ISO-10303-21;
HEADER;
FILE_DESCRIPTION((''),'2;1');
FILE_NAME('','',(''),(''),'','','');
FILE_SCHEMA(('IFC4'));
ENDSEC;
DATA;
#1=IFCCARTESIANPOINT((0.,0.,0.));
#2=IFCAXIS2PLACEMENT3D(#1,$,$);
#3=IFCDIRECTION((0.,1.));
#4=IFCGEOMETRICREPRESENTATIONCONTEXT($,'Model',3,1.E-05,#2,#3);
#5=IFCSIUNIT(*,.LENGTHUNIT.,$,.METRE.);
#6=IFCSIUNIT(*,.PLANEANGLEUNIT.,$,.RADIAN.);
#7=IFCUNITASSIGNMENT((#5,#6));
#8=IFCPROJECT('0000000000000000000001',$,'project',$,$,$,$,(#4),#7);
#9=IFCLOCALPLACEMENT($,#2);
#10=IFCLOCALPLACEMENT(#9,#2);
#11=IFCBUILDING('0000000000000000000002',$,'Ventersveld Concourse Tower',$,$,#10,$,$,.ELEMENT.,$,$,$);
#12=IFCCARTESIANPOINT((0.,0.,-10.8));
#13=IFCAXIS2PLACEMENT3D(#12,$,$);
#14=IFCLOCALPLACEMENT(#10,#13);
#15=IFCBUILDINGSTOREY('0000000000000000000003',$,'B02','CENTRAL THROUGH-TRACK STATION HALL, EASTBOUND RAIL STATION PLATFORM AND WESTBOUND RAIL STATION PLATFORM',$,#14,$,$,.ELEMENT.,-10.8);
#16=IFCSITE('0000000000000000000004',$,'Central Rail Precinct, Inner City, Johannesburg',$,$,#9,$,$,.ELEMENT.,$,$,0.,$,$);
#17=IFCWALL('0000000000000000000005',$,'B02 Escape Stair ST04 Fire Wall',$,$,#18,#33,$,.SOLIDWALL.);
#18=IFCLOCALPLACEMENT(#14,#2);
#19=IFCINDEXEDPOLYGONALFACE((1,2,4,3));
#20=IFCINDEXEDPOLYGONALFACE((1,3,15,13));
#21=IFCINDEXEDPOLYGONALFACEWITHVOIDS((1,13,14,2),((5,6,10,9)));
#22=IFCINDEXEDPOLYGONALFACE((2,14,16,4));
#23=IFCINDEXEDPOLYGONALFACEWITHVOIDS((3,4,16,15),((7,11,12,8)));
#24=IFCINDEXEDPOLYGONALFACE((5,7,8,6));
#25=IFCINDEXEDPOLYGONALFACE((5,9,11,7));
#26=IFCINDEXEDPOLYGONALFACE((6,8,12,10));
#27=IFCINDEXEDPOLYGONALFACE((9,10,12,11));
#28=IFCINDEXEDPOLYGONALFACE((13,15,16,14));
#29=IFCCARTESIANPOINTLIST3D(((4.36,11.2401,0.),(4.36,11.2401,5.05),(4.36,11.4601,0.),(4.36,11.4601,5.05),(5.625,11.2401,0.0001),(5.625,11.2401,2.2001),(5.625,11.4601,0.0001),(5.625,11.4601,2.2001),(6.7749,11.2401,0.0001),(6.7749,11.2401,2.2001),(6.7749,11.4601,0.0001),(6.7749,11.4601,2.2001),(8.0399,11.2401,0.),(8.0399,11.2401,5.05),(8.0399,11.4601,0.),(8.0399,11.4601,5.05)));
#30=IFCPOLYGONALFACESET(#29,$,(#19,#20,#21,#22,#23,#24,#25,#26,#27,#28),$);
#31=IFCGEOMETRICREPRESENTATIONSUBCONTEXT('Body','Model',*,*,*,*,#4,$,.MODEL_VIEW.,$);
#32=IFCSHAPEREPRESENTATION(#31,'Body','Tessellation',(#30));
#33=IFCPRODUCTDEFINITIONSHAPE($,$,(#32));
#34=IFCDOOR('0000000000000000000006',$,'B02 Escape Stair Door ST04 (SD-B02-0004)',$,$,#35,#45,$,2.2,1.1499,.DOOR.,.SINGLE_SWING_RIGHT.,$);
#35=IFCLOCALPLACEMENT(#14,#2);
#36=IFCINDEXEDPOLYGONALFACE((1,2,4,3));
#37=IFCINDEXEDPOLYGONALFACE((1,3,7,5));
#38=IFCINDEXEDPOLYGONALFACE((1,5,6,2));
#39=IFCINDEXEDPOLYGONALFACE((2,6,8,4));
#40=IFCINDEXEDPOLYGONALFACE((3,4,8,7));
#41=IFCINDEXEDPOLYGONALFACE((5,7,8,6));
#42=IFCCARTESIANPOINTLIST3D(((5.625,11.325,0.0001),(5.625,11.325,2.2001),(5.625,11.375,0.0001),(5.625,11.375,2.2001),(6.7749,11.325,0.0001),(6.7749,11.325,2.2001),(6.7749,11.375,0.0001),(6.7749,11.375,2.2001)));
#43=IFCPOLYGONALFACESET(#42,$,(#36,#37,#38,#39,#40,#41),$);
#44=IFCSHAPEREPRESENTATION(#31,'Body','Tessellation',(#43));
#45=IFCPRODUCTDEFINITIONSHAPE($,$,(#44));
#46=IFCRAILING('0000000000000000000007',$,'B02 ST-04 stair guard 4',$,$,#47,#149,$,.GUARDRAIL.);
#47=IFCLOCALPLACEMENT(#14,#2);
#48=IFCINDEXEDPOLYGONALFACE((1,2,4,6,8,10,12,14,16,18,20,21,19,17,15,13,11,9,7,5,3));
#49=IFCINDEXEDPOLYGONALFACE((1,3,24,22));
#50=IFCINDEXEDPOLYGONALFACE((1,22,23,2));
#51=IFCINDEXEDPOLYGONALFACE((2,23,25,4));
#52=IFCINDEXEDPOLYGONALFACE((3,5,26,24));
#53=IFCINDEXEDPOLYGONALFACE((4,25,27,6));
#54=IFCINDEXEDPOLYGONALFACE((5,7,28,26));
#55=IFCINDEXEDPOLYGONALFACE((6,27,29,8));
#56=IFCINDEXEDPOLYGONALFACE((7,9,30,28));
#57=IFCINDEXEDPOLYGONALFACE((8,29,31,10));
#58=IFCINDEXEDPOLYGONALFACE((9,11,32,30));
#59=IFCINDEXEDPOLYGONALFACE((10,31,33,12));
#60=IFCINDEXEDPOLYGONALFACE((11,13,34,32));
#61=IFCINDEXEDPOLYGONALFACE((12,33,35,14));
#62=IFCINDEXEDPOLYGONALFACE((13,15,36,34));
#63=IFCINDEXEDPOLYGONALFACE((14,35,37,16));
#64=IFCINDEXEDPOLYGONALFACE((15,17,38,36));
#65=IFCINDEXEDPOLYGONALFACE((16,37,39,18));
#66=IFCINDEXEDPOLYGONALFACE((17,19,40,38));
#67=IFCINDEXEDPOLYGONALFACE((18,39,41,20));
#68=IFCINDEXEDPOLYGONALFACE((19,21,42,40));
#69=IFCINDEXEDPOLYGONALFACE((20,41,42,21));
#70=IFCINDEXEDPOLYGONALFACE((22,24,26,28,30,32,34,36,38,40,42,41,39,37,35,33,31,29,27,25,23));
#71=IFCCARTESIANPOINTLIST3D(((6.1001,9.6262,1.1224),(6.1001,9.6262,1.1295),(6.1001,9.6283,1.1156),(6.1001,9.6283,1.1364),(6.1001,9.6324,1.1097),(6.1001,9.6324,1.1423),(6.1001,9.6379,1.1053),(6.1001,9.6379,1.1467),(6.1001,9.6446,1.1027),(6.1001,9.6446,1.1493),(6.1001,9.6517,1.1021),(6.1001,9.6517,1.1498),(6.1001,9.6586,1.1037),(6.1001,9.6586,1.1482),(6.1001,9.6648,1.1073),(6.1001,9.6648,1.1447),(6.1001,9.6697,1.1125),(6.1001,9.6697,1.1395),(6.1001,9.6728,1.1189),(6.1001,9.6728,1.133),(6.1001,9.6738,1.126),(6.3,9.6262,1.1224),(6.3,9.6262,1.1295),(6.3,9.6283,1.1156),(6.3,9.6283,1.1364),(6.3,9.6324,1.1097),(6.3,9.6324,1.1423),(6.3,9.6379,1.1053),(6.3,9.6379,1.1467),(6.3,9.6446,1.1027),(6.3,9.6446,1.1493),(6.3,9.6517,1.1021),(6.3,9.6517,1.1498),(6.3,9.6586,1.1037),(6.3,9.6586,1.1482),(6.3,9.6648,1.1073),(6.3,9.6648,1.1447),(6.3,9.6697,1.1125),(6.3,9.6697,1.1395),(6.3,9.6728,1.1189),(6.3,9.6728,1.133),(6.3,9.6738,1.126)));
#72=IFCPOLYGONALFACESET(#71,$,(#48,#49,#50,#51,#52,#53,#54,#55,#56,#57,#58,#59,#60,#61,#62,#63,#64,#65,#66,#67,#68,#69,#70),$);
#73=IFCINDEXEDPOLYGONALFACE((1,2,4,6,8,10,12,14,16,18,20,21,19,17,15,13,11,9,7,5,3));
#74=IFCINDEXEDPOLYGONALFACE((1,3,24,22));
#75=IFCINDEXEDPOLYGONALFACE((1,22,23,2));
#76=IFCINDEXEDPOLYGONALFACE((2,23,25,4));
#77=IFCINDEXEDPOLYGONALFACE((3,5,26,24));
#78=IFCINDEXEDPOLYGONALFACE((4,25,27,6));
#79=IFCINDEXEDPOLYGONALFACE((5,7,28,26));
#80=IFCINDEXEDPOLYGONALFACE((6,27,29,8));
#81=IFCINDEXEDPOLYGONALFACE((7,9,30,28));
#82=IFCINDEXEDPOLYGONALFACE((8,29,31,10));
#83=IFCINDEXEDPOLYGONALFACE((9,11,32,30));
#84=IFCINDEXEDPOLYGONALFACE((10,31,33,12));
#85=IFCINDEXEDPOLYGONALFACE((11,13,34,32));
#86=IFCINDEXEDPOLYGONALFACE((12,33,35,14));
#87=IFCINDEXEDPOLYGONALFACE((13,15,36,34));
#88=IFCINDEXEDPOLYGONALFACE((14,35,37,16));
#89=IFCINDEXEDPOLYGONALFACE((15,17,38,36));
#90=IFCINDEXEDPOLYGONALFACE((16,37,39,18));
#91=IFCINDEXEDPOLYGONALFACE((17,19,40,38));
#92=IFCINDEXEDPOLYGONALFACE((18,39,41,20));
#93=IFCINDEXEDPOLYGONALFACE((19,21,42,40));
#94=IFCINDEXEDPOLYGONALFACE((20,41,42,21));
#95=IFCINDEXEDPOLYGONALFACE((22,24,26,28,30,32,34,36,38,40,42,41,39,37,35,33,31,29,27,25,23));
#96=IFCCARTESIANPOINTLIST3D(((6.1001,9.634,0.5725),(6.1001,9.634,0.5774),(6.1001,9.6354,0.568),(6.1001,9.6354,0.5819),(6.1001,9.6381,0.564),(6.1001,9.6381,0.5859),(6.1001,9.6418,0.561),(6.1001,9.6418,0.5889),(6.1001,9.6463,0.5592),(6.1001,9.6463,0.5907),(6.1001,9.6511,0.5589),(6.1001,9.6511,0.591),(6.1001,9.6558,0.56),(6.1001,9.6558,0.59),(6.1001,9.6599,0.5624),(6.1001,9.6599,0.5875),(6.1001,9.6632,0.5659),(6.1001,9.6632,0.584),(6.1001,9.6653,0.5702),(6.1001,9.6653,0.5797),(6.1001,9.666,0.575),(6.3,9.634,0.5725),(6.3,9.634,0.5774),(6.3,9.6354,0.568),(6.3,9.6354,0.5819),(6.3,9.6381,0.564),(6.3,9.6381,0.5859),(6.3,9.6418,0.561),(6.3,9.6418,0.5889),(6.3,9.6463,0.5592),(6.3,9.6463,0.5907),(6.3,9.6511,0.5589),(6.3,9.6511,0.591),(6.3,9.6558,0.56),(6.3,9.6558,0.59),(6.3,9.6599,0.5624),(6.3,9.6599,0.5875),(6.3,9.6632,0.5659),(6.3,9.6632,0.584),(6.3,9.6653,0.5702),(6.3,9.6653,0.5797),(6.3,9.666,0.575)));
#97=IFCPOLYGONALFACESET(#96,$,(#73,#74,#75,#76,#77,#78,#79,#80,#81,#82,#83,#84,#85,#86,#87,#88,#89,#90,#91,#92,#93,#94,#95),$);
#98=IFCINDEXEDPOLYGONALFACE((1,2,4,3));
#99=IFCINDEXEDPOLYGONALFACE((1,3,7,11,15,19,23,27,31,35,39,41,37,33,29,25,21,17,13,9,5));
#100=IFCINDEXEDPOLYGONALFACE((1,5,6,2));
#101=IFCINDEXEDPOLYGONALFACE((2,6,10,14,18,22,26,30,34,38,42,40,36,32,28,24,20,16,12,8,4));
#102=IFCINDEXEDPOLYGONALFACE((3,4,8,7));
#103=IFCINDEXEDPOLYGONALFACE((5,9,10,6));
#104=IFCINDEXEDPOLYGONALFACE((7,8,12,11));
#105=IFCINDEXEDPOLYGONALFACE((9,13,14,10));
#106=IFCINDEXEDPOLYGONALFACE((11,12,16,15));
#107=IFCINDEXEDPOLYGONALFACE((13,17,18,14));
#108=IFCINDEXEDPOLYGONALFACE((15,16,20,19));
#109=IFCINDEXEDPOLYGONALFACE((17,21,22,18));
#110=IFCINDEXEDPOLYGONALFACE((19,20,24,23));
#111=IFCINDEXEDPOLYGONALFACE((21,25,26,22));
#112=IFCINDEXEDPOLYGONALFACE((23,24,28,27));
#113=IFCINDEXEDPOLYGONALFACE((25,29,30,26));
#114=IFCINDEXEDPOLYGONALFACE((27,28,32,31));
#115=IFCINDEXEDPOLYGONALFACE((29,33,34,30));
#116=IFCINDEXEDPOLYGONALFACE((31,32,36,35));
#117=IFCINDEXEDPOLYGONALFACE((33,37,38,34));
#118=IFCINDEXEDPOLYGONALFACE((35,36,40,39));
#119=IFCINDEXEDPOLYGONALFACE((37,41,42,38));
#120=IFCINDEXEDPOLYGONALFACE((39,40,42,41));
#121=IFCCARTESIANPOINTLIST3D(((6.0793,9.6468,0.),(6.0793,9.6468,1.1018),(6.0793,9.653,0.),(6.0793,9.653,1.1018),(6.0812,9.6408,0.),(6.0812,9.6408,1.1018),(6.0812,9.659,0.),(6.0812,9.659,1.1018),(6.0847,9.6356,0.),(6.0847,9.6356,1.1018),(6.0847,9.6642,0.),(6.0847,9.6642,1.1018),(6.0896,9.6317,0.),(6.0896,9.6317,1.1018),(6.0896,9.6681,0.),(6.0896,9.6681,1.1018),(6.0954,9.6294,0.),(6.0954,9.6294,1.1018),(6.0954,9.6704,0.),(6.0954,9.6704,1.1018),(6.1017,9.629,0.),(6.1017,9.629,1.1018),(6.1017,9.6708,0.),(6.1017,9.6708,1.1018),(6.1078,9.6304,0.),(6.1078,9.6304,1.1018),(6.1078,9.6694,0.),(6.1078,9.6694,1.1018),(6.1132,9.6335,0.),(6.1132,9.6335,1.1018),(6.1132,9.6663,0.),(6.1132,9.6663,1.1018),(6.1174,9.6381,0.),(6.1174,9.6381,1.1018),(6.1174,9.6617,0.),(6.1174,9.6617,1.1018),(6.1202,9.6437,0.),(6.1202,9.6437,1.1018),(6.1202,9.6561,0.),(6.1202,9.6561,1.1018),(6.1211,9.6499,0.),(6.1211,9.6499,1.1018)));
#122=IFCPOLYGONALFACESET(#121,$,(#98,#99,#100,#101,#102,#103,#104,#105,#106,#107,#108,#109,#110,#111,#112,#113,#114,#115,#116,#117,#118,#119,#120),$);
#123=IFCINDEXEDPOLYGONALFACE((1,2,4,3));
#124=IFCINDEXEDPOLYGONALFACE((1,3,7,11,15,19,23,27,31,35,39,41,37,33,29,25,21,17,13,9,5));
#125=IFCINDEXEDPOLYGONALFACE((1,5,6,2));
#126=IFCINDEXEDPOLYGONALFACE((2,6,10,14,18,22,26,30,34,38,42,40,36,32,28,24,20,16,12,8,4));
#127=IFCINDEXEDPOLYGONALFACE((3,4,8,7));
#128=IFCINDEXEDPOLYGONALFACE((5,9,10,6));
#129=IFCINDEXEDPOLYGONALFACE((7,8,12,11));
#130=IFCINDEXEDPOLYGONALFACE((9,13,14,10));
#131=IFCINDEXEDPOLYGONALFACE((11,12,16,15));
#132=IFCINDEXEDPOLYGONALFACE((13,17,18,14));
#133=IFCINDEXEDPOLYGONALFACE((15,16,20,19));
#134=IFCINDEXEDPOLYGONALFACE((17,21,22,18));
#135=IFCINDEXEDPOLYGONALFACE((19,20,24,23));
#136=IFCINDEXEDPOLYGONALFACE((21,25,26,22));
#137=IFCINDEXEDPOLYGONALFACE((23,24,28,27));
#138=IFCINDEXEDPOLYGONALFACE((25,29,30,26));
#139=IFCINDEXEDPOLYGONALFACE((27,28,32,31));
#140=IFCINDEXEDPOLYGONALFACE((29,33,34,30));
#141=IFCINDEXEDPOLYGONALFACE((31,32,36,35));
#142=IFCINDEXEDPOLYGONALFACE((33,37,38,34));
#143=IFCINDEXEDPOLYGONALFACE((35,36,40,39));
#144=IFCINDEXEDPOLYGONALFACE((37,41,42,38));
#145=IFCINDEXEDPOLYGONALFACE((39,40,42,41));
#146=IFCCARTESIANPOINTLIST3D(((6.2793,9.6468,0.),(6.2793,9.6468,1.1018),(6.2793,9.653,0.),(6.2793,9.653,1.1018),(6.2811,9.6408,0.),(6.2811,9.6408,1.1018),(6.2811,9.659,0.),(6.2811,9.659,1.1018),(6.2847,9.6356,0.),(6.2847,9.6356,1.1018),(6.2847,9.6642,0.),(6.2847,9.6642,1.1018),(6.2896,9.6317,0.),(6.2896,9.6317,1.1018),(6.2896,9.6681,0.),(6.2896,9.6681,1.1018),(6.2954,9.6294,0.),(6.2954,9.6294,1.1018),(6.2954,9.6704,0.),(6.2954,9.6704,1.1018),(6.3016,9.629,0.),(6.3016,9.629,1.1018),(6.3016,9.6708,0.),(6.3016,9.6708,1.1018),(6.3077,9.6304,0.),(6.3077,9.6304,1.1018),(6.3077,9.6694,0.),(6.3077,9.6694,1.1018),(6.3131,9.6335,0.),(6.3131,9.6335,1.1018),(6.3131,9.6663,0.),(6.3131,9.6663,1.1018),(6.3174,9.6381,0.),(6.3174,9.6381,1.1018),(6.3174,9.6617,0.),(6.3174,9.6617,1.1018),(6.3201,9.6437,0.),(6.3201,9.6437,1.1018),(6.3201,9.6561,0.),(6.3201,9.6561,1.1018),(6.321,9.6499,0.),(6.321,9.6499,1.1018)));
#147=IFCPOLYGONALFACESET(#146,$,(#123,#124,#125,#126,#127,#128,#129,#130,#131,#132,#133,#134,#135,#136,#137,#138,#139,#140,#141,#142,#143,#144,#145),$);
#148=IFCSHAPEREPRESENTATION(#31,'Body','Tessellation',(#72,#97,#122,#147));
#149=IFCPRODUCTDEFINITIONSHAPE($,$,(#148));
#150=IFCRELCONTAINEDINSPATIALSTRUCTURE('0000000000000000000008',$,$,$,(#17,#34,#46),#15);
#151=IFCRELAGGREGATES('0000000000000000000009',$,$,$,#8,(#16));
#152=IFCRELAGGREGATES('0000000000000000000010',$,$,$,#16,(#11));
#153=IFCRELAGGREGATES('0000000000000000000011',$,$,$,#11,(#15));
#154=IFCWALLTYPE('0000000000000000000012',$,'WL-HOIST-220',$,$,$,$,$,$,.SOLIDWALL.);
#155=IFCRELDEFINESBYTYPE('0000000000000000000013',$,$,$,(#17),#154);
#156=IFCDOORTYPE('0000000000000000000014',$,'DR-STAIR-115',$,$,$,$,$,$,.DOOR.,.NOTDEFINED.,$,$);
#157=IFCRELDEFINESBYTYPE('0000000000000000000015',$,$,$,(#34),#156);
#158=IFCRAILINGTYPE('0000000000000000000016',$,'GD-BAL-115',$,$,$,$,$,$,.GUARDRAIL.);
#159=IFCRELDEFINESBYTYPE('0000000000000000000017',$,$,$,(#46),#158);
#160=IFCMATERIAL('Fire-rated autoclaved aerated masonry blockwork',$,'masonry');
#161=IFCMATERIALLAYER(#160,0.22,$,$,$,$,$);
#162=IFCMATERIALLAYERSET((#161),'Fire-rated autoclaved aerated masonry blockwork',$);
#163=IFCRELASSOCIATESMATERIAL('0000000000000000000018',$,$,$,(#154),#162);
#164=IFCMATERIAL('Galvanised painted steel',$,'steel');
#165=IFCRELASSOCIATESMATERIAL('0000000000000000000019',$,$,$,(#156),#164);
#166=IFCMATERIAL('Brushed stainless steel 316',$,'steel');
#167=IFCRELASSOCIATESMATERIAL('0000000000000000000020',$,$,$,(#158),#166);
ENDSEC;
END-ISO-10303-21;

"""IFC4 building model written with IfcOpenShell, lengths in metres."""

from ifc_helpers import new_model, si_unit, direction, frame, frame_2d, origin, origin_2d, place, context, subcontext, project, spatial, rectangle, circle, extrude, material, layer, layer_set, type_object, element, fill, save


model = new_model("IFC4")

# Units and contexts
model_context = context("Model", 3, precision=1e-05, world=origin(), true_north=direction((0.0, 1.0)))
body_context = subcontext(model_context, "Body", "Model", "MODEL_VIEW")
ifc_project = project(units=[si_unit("LENGTHUNIT", "METRE"), si_unit("PLANEANGLEUNIT", "RADIAN")], contexts=[model_context])

# Site, building, storey
site_placement = place(None, origin())
site = spatial("IfcSite", under=ifc_project, at=site_placement, Name="Central Rail Precinct, Inner City, Johannesburg", CompositionType="ELEMENT", RefElevation=0.0)
building_placement = place(site_placement, origin())
building = spatial("IfcBuilding", under=site, at=building_placement, Name="Ventersveld Concourse Tower", CompositionType="ELEMENT")
storey_placement = place(building_placement, frame((0.0, 0.0, -10.8)))
storey = spatial("IfcBuildingStorey", under=building, at=storey_placement, Name="B02", Description="CENTRAL THROUGH-TRACK STATION HALL, EASTBOUND RAIL STATION PLATFORM AND WESTBOUND RAIL STATION PLATFORM", CompositionType="ELEMENT", Elevation=-10.8)

# Wall, opening, door
ifc_material_1 = material(Name="Fire-rated autoclaved aerated masonry blockwork", Category="masonry")
ifc_layer_1 = layer(ifc_material_1, 0.22)
ifc_layer_set_1 = layer_set([ifc_layer_1], Name="Fire-rated autoclaved aerated masonry blockwork")
wall_type_1 = type_object("IfcWallType", Name="WL-HOIST-220", PredefinedType="SOLIDWALL", material=ifc_layer_set_1)
wall_1_placement = place(storey_placement, frame((4.3601, 11.3501, 0.0), z_axis=(0.0, 0.0, 1.0), x_axis=(1.0, 0.0, 0.0)))
wall_1 = element("IfcWall", 1, at=wall_1_placement, inside=storey, type_object=wall_type_1, Name="B02 Escape Stair ST04 Fire Wall", PredefinedType="SOLIDWALL", context=body_context, shape_type="SweptSolid", body=[
    extrude(rectangle(XDim=3.6799, YDim=0.22, at=frame_2d((1.8398, 0.0))), origin(), (0.0, 0.0, 1.0), 5.05),
])
opening_1_placement = place(wall_1_placement, frame((1.2649, 0.0, 0.0)))
opening_1 = element("IfcOpeningElement", 2, at=opening_1_placement, cuts=wall_1, PredefinedType="OPENING", context=body_context, shape_type="SweptSolid", body=[
    extrude(rectangle(XDim=1.1499, YDim=2.2, at=frame_2d((0.575, 1.1001))), frame((0.0, 0.1201, 0.0), z_axis=(0.0, -1.0, 0.0), x_axis=(1.0, 0.0, 0.0)), (0.0, 0.0, 1.0), 0.24),
])
ifc_material_2 = material(Name="Galvanised painted steel", Category="steel")
door_type_1 = type_object("IfcDoorType", Name="DR-STAIR-115", OperationType="NOTDEFINED", PredefinedType="DOOR", material=ifc_material_2)
door_1_placement = place(opening_1_placement, origin())
door_1 = element("IfcDoor", 3, at=door_1_placement, inside=storey, type_object=door_type_1, Name="B02 Escape Stair Door ST04 (SD-B02-0004)", OperationType="SINGLE_SWING_RIGHT", OverallHeight=2.2, OverallWidth=1.1499, PredefinedType="DOOR", context=body_context, shape_type="SweptSolid", body=[
    extrude(rectangle(XDim=1.1499, YDim=2.2, at=frame_2d((0.575, 1.1001))), frame((0.0, 0.0249, 0.0), z_axis=(0.0, -1.0, 0.0), x_axis=(1.0, 0.0, 0.0)), (0.0, 0.0, 1.0), 0.05),
])
fill(opening_1, door_1)

# Railing
ifc_material_3 = material(Name="Brushed stainless steel 316", Category="steel")
railing_type = type_object("IfcRailingType", Name="GD-BAL-115", PredefinedType="GUARDRAIL", material=ifc_material_3)
railing_placement = place(storey_placement, frame((6.1001, 9.6499, 0.0)))
element("IfcRailing", 4, at=railing_placement, inside=storey, type_object=railing_type, Name="B02 ST-04 stair guard 4", PredefinedType="GUARDRAIL", context=body_context, shape_type="SweptSolid", body=[
    extrude(circle(Radius=0.0239, at=origin_2d()), frame((0.0, 0.0, 1.126), z_axis=(1.0, 0.0, 0.0), x_axis=(0.0, 1.0, 0.0)), (0.0, 0.0, 1.0), 0.2),
    extrude(circle(Radius=0.0161, at=origin_2d()), frame((0.0, 0.0, 0.575), z_axis=(1.0, 0.0, 0.0), x_axis=(0.0, 1.0, 0.0)), (0.0, 0.0, 1.0), 0.2),
    extrude(circle(Radius=0.021, at=origin_2d()), origin(), (0.0, 0.0, 1.0), 1.1018),
    extrude(circle(Radius=0.021, at=origin_2d()), frame((0.2, 0.0, 0.0)), (0.0, 0.0, 1.0), 1.1018),
])

save(model, "model.ifc")
